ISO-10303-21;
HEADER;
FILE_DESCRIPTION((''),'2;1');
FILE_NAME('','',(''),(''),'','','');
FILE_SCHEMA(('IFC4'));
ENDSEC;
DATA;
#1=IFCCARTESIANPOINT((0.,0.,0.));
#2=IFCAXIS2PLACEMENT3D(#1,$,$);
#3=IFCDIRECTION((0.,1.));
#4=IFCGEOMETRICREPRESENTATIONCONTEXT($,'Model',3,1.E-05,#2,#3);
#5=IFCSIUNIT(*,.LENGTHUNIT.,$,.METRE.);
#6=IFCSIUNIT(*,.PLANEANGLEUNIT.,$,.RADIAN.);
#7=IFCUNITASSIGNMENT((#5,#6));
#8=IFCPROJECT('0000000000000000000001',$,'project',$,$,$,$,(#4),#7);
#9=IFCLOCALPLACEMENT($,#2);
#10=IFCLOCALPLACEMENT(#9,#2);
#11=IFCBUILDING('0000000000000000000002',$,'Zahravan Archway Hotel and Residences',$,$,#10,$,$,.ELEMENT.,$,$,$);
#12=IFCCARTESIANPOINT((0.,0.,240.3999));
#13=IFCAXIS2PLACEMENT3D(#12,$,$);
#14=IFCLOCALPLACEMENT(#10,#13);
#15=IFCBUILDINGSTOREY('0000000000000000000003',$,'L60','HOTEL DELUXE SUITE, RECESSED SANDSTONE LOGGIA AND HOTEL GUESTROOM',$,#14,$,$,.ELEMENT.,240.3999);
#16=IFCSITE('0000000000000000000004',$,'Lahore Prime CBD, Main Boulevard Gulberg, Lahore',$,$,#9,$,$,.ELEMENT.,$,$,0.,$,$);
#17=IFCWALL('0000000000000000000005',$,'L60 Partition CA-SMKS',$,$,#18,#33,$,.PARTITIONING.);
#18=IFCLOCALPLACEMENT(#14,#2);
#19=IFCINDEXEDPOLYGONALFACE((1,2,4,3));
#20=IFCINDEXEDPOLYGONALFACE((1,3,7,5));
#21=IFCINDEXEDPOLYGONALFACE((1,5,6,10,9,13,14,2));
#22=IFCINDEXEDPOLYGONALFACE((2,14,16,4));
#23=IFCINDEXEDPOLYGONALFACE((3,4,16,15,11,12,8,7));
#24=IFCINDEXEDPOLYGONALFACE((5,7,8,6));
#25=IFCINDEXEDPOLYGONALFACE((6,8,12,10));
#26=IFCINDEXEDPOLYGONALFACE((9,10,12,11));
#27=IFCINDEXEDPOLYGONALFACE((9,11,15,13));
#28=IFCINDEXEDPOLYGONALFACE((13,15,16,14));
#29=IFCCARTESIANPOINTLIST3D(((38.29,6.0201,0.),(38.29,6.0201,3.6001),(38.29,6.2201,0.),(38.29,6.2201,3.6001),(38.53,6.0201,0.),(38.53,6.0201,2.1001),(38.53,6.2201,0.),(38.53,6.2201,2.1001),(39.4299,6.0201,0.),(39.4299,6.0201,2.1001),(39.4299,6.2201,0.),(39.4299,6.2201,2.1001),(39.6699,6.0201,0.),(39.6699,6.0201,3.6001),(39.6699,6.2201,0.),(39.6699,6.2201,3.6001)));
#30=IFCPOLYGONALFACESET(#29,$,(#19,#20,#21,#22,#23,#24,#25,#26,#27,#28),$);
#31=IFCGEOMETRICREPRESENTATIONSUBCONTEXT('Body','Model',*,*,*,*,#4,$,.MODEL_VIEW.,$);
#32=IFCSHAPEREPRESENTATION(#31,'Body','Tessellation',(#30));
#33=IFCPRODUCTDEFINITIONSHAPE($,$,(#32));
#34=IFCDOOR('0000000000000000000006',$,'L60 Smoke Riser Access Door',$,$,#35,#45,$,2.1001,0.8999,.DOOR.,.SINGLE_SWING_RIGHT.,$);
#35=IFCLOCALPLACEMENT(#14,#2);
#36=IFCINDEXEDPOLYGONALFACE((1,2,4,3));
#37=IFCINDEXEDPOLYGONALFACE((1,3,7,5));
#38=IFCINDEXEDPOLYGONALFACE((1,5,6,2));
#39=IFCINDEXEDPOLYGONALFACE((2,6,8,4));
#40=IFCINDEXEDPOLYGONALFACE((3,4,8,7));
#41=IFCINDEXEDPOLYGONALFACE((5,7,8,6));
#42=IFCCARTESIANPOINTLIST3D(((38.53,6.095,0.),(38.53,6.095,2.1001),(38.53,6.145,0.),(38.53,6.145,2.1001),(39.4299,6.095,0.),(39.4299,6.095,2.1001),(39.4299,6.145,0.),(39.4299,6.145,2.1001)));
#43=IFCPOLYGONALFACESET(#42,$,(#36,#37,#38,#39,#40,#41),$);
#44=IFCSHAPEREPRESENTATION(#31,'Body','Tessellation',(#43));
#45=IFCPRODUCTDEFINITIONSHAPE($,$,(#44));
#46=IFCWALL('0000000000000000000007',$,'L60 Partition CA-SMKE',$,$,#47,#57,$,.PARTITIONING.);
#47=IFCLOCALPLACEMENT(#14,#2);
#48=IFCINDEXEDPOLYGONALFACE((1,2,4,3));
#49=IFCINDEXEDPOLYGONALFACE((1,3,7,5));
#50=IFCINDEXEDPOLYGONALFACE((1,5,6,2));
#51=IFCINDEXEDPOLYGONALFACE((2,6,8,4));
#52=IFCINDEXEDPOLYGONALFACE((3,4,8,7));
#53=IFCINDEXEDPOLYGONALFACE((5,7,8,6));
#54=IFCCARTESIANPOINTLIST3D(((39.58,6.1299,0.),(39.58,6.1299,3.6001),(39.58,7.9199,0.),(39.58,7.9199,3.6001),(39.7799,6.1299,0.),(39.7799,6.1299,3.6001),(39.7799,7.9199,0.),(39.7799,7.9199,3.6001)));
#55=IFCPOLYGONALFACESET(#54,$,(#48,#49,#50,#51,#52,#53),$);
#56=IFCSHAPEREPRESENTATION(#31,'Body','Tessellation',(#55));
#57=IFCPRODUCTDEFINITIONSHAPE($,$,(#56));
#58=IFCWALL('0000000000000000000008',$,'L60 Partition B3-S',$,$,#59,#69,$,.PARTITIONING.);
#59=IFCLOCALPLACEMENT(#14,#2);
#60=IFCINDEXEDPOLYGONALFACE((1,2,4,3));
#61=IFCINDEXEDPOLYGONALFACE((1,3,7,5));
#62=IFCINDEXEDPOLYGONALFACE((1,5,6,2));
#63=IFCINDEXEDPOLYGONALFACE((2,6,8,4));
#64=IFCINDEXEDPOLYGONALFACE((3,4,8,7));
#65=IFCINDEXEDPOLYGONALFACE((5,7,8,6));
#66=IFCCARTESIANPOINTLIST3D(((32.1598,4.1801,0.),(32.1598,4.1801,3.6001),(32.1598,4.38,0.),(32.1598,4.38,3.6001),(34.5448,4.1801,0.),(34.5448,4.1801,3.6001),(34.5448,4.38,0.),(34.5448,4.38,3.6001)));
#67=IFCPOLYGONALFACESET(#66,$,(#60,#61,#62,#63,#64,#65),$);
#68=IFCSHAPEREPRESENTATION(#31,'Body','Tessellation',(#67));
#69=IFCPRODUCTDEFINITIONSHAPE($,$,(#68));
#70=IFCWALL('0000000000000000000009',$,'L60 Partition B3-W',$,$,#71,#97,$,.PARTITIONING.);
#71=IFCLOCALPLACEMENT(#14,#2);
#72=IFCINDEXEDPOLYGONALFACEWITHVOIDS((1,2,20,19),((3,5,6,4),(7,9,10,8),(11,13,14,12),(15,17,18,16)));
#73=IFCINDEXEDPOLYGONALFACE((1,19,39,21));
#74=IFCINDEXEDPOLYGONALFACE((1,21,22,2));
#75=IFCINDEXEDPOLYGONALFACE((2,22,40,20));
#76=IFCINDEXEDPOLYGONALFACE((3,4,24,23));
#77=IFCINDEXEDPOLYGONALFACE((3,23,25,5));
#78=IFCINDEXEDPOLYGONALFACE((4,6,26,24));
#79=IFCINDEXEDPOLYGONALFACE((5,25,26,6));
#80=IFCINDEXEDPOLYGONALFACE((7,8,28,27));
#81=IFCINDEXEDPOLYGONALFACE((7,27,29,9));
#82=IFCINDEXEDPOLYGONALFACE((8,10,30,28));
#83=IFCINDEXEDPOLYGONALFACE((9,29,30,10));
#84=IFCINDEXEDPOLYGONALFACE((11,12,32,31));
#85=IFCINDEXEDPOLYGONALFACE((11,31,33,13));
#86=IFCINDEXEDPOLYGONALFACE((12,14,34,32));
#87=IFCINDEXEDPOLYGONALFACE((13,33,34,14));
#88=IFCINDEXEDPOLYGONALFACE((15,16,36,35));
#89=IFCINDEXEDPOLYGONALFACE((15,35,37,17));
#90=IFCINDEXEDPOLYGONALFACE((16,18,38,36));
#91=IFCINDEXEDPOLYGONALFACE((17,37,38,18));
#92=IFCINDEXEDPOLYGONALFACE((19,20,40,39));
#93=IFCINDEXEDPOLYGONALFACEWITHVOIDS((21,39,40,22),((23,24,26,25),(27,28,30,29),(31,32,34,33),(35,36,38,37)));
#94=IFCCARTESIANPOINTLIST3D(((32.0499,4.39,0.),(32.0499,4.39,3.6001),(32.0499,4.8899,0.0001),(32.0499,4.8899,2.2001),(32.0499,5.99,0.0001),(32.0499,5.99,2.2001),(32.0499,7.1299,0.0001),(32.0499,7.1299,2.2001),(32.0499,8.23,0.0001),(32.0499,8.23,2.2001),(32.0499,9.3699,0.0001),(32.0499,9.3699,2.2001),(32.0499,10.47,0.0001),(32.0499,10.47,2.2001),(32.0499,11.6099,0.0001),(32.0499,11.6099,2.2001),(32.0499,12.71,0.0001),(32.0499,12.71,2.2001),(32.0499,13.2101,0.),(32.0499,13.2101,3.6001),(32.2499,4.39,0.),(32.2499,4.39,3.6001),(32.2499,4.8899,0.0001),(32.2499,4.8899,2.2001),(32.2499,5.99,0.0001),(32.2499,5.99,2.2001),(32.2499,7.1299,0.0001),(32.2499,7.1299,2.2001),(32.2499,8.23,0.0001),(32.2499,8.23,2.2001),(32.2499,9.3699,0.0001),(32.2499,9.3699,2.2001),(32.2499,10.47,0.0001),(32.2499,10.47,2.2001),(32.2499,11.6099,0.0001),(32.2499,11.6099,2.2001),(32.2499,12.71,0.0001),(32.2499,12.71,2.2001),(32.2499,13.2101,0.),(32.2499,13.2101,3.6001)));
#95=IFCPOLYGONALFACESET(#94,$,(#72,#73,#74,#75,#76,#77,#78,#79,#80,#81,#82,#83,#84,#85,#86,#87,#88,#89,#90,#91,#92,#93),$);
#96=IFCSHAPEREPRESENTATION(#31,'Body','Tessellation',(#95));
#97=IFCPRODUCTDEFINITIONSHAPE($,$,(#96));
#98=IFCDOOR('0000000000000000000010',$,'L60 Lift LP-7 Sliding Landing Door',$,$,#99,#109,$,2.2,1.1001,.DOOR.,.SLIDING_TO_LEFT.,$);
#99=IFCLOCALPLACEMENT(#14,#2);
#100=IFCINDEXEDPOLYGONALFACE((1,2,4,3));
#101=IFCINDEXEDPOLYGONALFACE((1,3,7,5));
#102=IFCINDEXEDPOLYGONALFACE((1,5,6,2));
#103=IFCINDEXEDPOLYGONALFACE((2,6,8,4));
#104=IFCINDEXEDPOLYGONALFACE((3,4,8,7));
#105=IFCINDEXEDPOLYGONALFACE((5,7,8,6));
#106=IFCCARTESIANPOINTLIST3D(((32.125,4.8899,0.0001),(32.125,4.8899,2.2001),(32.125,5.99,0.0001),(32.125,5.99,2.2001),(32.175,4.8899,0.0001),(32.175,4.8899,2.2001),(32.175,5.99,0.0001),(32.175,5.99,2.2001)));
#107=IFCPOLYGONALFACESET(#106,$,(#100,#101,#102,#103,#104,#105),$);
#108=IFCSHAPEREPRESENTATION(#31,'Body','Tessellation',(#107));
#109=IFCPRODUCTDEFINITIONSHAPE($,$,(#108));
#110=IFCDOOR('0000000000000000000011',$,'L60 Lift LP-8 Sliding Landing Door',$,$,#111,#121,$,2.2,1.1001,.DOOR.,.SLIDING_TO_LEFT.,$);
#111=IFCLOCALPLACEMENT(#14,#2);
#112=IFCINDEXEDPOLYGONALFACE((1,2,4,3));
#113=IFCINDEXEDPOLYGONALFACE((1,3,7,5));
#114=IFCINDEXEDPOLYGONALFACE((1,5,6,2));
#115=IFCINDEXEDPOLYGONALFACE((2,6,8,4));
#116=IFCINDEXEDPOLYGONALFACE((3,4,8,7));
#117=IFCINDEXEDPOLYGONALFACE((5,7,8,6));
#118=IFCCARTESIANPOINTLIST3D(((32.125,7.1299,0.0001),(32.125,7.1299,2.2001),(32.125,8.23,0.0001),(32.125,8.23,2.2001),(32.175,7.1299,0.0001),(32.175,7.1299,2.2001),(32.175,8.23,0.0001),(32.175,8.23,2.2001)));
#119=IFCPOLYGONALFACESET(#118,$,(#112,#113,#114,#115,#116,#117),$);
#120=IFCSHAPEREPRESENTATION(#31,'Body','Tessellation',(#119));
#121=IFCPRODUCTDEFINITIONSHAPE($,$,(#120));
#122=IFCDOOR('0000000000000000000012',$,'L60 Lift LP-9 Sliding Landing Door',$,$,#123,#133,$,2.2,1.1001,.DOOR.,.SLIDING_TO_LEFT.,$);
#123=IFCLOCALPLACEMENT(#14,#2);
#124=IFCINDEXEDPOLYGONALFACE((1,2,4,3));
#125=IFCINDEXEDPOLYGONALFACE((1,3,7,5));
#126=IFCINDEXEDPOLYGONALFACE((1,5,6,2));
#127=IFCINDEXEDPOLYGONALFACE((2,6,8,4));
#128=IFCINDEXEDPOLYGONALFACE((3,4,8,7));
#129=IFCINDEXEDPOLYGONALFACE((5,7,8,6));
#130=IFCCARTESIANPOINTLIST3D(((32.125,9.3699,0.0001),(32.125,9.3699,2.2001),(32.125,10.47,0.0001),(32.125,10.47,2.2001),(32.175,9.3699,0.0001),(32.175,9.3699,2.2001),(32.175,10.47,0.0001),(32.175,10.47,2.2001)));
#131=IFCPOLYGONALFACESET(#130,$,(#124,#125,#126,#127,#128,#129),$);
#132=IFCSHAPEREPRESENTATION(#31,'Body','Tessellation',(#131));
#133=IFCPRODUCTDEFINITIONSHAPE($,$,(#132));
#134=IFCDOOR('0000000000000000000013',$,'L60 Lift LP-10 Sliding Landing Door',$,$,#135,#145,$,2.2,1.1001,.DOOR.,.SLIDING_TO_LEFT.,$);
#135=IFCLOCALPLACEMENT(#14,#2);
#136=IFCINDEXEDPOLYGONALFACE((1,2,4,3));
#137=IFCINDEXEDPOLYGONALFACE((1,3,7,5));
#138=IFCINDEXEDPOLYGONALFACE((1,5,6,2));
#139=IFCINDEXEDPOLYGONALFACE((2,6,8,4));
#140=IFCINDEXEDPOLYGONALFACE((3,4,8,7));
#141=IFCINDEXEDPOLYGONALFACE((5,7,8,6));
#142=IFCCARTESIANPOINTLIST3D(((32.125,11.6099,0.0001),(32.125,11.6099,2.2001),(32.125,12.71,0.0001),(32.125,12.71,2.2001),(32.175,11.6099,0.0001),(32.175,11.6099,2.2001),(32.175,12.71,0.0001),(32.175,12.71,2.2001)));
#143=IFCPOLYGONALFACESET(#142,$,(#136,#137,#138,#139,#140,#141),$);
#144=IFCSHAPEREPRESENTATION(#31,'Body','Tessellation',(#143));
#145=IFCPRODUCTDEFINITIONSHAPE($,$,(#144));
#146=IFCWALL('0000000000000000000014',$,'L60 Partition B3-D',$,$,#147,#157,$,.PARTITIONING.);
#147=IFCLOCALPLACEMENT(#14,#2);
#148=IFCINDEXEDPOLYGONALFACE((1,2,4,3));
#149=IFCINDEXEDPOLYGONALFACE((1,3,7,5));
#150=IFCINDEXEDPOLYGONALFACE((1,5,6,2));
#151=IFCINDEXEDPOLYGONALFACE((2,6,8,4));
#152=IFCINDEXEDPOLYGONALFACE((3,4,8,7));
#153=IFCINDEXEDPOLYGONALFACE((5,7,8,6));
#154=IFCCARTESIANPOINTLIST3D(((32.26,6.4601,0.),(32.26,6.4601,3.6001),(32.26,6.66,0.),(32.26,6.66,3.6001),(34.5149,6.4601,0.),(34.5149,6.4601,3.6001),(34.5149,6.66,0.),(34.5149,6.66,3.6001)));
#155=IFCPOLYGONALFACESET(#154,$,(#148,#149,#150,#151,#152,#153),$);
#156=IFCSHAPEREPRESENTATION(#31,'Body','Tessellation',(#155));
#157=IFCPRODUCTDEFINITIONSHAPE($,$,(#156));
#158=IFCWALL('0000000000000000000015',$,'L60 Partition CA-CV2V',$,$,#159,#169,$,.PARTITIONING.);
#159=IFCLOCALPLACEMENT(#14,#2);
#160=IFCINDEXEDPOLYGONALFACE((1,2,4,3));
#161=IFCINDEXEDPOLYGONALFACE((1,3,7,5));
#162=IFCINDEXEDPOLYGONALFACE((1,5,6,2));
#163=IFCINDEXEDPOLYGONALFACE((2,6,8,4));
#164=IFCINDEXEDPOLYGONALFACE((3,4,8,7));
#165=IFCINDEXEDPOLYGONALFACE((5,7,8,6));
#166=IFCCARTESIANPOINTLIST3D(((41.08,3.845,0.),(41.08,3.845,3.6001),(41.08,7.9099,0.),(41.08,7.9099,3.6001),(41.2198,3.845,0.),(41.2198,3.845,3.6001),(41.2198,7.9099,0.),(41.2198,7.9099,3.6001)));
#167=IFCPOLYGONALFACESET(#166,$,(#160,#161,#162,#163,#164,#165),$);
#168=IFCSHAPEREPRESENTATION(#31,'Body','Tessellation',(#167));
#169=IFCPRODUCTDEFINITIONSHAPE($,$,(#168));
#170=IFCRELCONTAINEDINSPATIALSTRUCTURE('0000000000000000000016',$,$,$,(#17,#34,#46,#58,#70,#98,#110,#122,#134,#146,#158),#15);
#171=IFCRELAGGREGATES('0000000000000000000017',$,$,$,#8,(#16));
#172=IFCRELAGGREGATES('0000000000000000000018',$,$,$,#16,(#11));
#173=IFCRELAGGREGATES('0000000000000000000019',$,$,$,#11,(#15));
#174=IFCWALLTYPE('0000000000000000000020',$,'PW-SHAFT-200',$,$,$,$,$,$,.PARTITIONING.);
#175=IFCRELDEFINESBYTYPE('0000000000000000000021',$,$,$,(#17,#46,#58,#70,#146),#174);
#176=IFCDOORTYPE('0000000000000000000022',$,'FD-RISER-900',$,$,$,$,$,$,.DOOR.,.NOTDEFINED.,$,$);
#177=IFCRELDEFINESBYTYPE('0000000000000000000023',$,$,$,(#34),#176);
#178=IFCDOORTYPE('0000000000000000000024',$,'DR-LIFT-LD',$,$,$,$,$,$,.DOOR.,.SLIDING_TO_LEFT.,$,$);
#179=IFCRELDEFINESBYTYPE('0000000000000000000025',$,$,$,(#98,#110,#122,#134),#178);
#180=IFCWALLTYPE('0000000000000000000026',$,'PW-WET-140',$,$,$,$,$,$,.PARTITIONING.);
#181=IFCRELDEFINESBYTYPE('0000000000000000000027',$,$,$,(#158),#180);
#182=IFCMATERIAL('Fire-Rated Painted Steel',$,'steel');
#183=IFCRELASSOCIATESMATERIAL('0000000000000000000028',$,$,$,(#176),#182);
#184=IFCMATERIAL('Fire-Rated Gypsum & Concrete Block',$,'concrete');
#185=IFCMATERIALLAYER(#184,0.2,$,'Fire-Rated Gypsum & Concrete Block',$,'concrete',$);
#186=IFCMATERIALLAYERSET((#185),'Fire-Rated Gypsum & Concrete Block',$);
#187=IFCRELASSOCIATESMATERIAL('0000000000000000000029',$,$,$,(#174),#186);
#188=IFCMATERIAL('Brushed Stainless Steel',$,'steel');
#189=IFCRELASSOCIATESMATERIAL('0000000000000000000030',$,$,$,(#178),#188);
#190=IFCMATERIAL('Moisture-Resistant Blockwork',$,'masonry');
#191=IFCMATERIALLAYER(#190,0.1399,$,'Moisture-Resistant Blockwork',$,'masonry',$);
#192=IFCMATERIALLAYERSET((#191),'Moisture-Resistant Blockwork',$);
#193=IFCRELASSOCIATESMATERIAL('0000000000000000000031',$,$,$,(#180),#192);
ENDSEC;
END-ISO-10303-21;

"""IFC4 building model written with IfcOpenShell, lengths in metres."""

from ifc_helpers import new_model, si_unit, direction, frame, frame_2d, origin, place, context, subcontext, project, spatial, rectangle, extrude, source, transform, mapped, material, layer, layer_set, type_object, type_shapes, element, fill, save


model = new_model("IFC4")

# Units and contexts
model_context = context("Model", 3, precision=1e-05, world=origin(), true_north=direction((0.0, 1.0)))
body_context = subcontext(model_context, "Body", "Model", "MODEL_VIEW")
ifc_project = project(units=[si_unit("LENGTHUNIT", "METRE"), si_unit("PLANEANGLEUNIT", "RADIAN")], contexts=[model_context])

# Site, building, storey
site_placement = place(None, origin())
site = spatial("IfcSite", under=ifc_project, at=site_placement, Name="Lahore Prime CBD, Main Boulevard Gulberg, Lahore", CompositionType="ELEMENT", RefElevation=0.0)
building_placement = place(site_placement, origin())
building = spatial("IfcBuilding", under=site, at=building_placement, Name="Zahravan Archway Hotel and Residences", CompositionType="ELEMENT")
storey_placement = place(building_placement, frame((0.0, 0.0, 240.3999)))
storey = spatial("IfcBuildingStorey", under=building, at=storey_placement, Name="L60", Description="HOTEL DELUXE SUITE, RECESSED SANDSTONE LOGGIA AND HOTEL GUESTROOM", CompositionType="ELEMENT", Elevation=240.3999)

# Shared definitions
ifc_material_1 = material(Name="Fire-Rated Painted Steel", Category="steel")
door_type_1 = type_object("IfcDoorType", Name="FD-RISER-900", OperationType="NOTDEFINED", PredefinedType="DOOR", material=ifc_material_1)
shared_shape_1 = source(origin(), body_context, "Body", "SweptSolid", [
    extrude(rectangle(XDim=0.8999, YDim=2.1001, at=frame_2d((0.45, 1.05))), frame((0.0, 0.0249, 0.0), z_axis=(0.0, -1.0, 0.0), x_axis=(1.0, 0.0, 0.0)), (0.0, 0.0, 1.0), 0.05),
])
type_shapes(door_type_1, [shared_shape_1])

# Wall, opening, door
ifc_material_2 = material(Name="Fire-Rated Gypsum & Concrete Block", Category="concrete")
ifc_layer_1 = layer(ifc_material_2, 0.2, Name="Fire-Rated Gypsum & Concrete Block", Category="concrete")
ifc_layer_set_1 = layer_set([ifc_layer_1], Name="Fire-Rated Gypsum & Concrete Block")
wall_type_1 = type_object("IfcWallType", Name="PW-SHAFT-200", PredefinedType="PARTITIONING", material=ifc_layer_set_1)
wall_1_placement = place(storey_placement, frame((38.29, 6.1201, 0.0), z_axis=(0.0, 0.0, 1.0), x_axis=(1.0, 0.0, 0.0)))
wall_1 = element("IfcWall", 1, at=wall_1_placement, inside=storey, type_object=wall_type_1, Name="L60 Partition CA-SMKS", PredefinedType="PARTITIONING", context=body_context, shape_type="SweptSolid", body=[
    extrude(rectangle(XDim=1.3799, YDim=0.2, at=frame_2d((0.6899, 0.0))), origin(), (0.0, 0.0, 1.0), 3.6001),
])
opening_1_placement = place(wall_1_placement, frame((0.24, 0.0, 0.0)))
opening_1 = element("IfcOpeningElement", 2, at=opening_1_placement, cuts=wall_1, PredefinedType="OPENING", context=body_context, shape_type="SweptSolid", body=[
    extrude(rectangle(XDim=0.8999, YDim=2.1001, at=frame_2d((0.45, 1.05))), frame((0.0, 0.1099, 0.0), z_axis=(0.0, -1.0, 0.0), x_axis=(1.0, 0.0, 0.0)), (0.0, 0.0, 1.0), 0.22),
])
door_1_placement = place(opening_1_placement, origin())
door_1 = element("IfcDoor", 3, at=door_1_placement, inside=storey, type_object=door_type_1, Name="L60 Smoke Riser Access Door", OperationType="SINGLE_SWING_RIGHT", OverallHeight=2.1001, OverallWidth=0.8999, PredefinedType="DOOR", context=body_context, shape_type="MappedRepresentation", body=[
    mapped(shared_shape_1, transform((0.0, 0.0, 0.0), scale=1.0)),
])
fill(opening_1, door_1)

# Walls
wall_2_placement = place(storey_placement, frame((39.6799, 6.1299, 0.0), z_axis=(0.0, 0.0, 1.0), x_axis=(0.0, 1.0, 0.0)))
element("IfcWall", 4, at=wall_2_placement, inside=storey, type_object=wall_type_1, Name="L60 Partition CA-SMKE", PredefinedType="PARTITIONING", context=body_context, shape_type="SweptSolid", body=[
    extrude(rectangle(XDim=1.79, YDim=0.2, at=frame_2d((0.895, 0.0))), origin(), (0.0, 0.0, 1.0), 3.6001),
])
wall_3_placement = place(storey_placement, frame((32.1599, 4.28, 0.0), z_axis=(0.0, 0.0, 1.0), x_axis=(1.0, 0.0, 0.0)))
element("IfcWall", 5, at=wall_3_placement, inside=storey, type_object=wall_type_1, Name="L60 Partition B3-S", PredefinedType="PARTITIONING", context=body_context, shape_type="SweptSolid", body=[
    extrude(rectangle(XDim=2.385, YDim=0.2, at=frame_2d((1.1924, 0.0))), origin(), (0.0, 0.0, 1.0), 3.6001),
])

# Wall, openings, doors
wall_4_placement = place(storey_placement, frame((32.1499, 4.3899, 0.0), z_axis=(0.0, 0.0, 1.0), x_axis=(0.0, 1.0, 0.0)))
wall_4 = element("IfcWall", 6, at=wall_4_placement, inside=storey, type_object=wall_type_1, Name="L60 Partition B3-W", PredefinedType="PARTITIONING", context=body_context, shape_type="SweptSolid", body=[
    extrude(rectangle(XDim=8.8201, YDim=0.2, at=frame_2d((4.4102, 0.0))), origin(), (0.0, 0.0, 1.0), 3.6001),
])
opening_2_placement = place(wall_4_placement, frame((0.5, 0.0, 0.0)))
opening_2 = element("IfcOpeningElement", 7, at=opening_2_placement, cuts=wall_4, PredefinedType="OPENING", context=body_context, shape_type="SweptSolid", body=[
    extrude(rectangle(XDim=1.1001, YDim=2.2, at=frame_2d((0.55, 1.1001))), frame((0.0, 0.1099, 0.0), z_axis=(0.0, -1.0, 0.0), x_axis=(1.0, 0.0, 0.0)), (0.0, 0.0, 1.0), 0.22),
])
opening_3_placement = place(wall_4_placement, frame((2.74, 0.0, 0.0)))
opening_3 = element("IfcOpeningElement", 8, at=opening_3_placement, cuts=wall_4, PredefinedType="OPENING", context=body_context, shape_type="SweptSolid", body=[
    extrude(rectangle(XDim=1.1001, YDim=2.2, at=frame_2d((0.55, 1.1001))), frame((0.0, 0.1099, 0.0), z_axis=(0.0, -1.0, 0.0), x_axis=(1.0, 0.0, 0.0)), (0.0, 0.0, 1.0), 0.22),
])
opening_4_placement = place(wall_4_placement, frame((4.98, 0.0, 0.0)))
opening_4 = element("IfcOpeningElement", 9, at=opening_4_placement, cuts=wall_4, PredefinedType="OPENING", context=body_context, shape_type="SweptSolid", body=[
    extrude(rectangle(XDim=1.1001, YDim=2.2, at=frame_2d((0.55, 1.1001))), frame((0.0, 0.1099, 0.0), z_axis=(0.0, -1.0, 0.0), x_axis=(1.0, 0.0, 0.0)), (0.0, 0.0, 1.0), 0.22),
])
opening_5_placement = place(wall_4_placement, frame((7.22, 0.0, 0.0)))
opening_5 = element("IfcOpeningElement", 10, at=opening_5_placement, cuts=wall_4, PredefinedType="OPENING", context=body_context, shape_type="SweptSolid", body=[
    extrude(rectangle(XDim=1.1001, YDim=2.2, at=frame_2d((0.55, 1.1001))), frame((0.0, 0.1099, 0.0), z_axis=(0.0, -1.0, 0.0), x_axis=(1.0, 0.0, 0.0)), (0.0, 0.0, 1.0), 0.22),
])
ifc_material_3 = material(Name="Brushed Stainless Steel", Category="steel")
door_type_2 = type_object("IfcDoorType", Name="DR-LIFT-LD", OperationType="SLIDING_TO_LEFT", PredefinedType="DOOR", material=ifc_material_3)
shared_shape_2 = source(origin(), body_context, "Body", "SweptSolid", [
    extrude(rectangle(XDim=1.1001, YDim=2.2, at=frame_2d((0.55, 1.1001))), frame((0.0, 0.0249, 0.0), z_axis=(0.0, -1.0, 0.0), x_axis=(1.0, 0.0, 0.0)), (0.0, 0.0, 1.0), 0.05),
])
type_shapes(door_type_2, [shared_shape_2])
door_2_placement = place(opening_2_placement, origin())
door_2 = element("IfcDoor", 11, at=door_2_placement, inside=storey, type_object=door_type_2, Name="L60 Lift LP-7 Sliding Landing Door", OperationType="SLIDING_TO_LEFT", OverallHeight=2.2, OverallWidth=1.1001, PredefinedType="DOOR", context=body_context, shape_type="MappedRepresentation", body=[
    mapped(shared_shape_2, transform((0.0, 0.0, 0.0), scale=1.0)),
])
fill(opening_2, door_2)
door_3_placement = place(opening_3_placement, origin())
door_3 = element("IfcDoor", 12, at=door_3_placement, inside=storey, type_object=door_type_2, Name="L60 Lift LP-8 Sliding Landing Door", OperationType="SLIDING_TO_LEFT", OverallHeight=2.2, OverallWidth=1.1001, PredefinedType="DOOR", context=body_context, shape_type="MappedRepresentation", body=[
    mapped(shared_shape_2, transform((0.0, 0.0, 0.0), scale=1.0)),
])
fill(opening_3, door_3)
door_4_placement = place(opening_4_placement, origin())
door_4 = element("IfcDoor", 13, at=door_4_placement, inside=storey, type_object=door_type_2, Name="L60 Lift LP-9 Sliding Landing Door", OperationType="SLIDING_TO_LEFT", OverallHeight=2.2, OverallWidth=1.1001, PredefinedType="DOOR", context=body_context, shape_type="MappedRepresentation", body=[
    mapped(shared_shape_2, transform((0.0, 0.0, 0.0), scale=1.0)),
])
fill(opening_4, door_4)
door_5_placement = place(opening_5_placement, origin())
door_5 = element("IfcDoor", 14, at=door_5_placement, inside=storey, type_object=door_type_2, Name="L60 Lift LP-10 Sliding Landing Door", OperationType="SLIDING_TO_LEFT", OverallHeight=2.2, OverallWidth=1.1001, PredefinedType="DOOR", context=body_context, shape_type="MappedRepresentation", body=[
    mapped(shared_shape_2, transform((0.0, 0.0, 0.0), scale=1.0)),
])
fill(opening_5, door_5)

# Walls
wall_5_placement = place(storey_placement, frame((32.26, 6.5601, 0.0), z_axis=(0.0, 0.0, 1.0), x_axis=(1.0, 0.0, 0.0)))
element("IfcWall", 15, at=wall_5_placement, inside=storey, type_object=wall_type_1, Name="L60 Partition B3-D", PredefinedType="PARTITIONING", context=body_context, shape_type="SweptSolid", body=[
    extrude(rectangle(XDim=2.2549, YDim=0.2, at=frame_2d((1.1274, 0.0))), origin(), (0.0, 0.0, 1.0), 3.6001),
])
ifc_material_4 = material(Name="Moisture-Resistant Blockwork", Category="masonry")
ifc_layer_2 = layer(ifc_material_4, 0.1399, Name="Moisture-Resistant Blockwork", Category="masonry")
ifc_layer_set_2 = layer_set([ifc_layer_2], Name="Moisture-Resistant Blockwork")
wall_type_2 = type_object("IfcWallType", Name="PW-WET-140", PredefinedType="PARTITIONING", material=ifc_layer_set_2)
wall_6_placement = place(storey_placement, frame((41.1499, 3.845, 0.0), z_axis=(0.0, 0.0, 1.0), x_axis=(0.0, 1.0, 0.0)))
element("IfcWall", 16, at=wall_6_placement, inside=storey, type_object=wall_type_2, Name="L60 Partition CA-CV2V", PredefinedType="PARTITIONING", context=body_context, shape_type="SweptSolid", body=[
    extrude(rectangle(XDim=4.0649, YDim=0.1399, at=frame_2d((2.0325, 0.0))), origin(), (0.0, 0.0, 1.0), 3.6001),
])

save(model, "model.ifc")
